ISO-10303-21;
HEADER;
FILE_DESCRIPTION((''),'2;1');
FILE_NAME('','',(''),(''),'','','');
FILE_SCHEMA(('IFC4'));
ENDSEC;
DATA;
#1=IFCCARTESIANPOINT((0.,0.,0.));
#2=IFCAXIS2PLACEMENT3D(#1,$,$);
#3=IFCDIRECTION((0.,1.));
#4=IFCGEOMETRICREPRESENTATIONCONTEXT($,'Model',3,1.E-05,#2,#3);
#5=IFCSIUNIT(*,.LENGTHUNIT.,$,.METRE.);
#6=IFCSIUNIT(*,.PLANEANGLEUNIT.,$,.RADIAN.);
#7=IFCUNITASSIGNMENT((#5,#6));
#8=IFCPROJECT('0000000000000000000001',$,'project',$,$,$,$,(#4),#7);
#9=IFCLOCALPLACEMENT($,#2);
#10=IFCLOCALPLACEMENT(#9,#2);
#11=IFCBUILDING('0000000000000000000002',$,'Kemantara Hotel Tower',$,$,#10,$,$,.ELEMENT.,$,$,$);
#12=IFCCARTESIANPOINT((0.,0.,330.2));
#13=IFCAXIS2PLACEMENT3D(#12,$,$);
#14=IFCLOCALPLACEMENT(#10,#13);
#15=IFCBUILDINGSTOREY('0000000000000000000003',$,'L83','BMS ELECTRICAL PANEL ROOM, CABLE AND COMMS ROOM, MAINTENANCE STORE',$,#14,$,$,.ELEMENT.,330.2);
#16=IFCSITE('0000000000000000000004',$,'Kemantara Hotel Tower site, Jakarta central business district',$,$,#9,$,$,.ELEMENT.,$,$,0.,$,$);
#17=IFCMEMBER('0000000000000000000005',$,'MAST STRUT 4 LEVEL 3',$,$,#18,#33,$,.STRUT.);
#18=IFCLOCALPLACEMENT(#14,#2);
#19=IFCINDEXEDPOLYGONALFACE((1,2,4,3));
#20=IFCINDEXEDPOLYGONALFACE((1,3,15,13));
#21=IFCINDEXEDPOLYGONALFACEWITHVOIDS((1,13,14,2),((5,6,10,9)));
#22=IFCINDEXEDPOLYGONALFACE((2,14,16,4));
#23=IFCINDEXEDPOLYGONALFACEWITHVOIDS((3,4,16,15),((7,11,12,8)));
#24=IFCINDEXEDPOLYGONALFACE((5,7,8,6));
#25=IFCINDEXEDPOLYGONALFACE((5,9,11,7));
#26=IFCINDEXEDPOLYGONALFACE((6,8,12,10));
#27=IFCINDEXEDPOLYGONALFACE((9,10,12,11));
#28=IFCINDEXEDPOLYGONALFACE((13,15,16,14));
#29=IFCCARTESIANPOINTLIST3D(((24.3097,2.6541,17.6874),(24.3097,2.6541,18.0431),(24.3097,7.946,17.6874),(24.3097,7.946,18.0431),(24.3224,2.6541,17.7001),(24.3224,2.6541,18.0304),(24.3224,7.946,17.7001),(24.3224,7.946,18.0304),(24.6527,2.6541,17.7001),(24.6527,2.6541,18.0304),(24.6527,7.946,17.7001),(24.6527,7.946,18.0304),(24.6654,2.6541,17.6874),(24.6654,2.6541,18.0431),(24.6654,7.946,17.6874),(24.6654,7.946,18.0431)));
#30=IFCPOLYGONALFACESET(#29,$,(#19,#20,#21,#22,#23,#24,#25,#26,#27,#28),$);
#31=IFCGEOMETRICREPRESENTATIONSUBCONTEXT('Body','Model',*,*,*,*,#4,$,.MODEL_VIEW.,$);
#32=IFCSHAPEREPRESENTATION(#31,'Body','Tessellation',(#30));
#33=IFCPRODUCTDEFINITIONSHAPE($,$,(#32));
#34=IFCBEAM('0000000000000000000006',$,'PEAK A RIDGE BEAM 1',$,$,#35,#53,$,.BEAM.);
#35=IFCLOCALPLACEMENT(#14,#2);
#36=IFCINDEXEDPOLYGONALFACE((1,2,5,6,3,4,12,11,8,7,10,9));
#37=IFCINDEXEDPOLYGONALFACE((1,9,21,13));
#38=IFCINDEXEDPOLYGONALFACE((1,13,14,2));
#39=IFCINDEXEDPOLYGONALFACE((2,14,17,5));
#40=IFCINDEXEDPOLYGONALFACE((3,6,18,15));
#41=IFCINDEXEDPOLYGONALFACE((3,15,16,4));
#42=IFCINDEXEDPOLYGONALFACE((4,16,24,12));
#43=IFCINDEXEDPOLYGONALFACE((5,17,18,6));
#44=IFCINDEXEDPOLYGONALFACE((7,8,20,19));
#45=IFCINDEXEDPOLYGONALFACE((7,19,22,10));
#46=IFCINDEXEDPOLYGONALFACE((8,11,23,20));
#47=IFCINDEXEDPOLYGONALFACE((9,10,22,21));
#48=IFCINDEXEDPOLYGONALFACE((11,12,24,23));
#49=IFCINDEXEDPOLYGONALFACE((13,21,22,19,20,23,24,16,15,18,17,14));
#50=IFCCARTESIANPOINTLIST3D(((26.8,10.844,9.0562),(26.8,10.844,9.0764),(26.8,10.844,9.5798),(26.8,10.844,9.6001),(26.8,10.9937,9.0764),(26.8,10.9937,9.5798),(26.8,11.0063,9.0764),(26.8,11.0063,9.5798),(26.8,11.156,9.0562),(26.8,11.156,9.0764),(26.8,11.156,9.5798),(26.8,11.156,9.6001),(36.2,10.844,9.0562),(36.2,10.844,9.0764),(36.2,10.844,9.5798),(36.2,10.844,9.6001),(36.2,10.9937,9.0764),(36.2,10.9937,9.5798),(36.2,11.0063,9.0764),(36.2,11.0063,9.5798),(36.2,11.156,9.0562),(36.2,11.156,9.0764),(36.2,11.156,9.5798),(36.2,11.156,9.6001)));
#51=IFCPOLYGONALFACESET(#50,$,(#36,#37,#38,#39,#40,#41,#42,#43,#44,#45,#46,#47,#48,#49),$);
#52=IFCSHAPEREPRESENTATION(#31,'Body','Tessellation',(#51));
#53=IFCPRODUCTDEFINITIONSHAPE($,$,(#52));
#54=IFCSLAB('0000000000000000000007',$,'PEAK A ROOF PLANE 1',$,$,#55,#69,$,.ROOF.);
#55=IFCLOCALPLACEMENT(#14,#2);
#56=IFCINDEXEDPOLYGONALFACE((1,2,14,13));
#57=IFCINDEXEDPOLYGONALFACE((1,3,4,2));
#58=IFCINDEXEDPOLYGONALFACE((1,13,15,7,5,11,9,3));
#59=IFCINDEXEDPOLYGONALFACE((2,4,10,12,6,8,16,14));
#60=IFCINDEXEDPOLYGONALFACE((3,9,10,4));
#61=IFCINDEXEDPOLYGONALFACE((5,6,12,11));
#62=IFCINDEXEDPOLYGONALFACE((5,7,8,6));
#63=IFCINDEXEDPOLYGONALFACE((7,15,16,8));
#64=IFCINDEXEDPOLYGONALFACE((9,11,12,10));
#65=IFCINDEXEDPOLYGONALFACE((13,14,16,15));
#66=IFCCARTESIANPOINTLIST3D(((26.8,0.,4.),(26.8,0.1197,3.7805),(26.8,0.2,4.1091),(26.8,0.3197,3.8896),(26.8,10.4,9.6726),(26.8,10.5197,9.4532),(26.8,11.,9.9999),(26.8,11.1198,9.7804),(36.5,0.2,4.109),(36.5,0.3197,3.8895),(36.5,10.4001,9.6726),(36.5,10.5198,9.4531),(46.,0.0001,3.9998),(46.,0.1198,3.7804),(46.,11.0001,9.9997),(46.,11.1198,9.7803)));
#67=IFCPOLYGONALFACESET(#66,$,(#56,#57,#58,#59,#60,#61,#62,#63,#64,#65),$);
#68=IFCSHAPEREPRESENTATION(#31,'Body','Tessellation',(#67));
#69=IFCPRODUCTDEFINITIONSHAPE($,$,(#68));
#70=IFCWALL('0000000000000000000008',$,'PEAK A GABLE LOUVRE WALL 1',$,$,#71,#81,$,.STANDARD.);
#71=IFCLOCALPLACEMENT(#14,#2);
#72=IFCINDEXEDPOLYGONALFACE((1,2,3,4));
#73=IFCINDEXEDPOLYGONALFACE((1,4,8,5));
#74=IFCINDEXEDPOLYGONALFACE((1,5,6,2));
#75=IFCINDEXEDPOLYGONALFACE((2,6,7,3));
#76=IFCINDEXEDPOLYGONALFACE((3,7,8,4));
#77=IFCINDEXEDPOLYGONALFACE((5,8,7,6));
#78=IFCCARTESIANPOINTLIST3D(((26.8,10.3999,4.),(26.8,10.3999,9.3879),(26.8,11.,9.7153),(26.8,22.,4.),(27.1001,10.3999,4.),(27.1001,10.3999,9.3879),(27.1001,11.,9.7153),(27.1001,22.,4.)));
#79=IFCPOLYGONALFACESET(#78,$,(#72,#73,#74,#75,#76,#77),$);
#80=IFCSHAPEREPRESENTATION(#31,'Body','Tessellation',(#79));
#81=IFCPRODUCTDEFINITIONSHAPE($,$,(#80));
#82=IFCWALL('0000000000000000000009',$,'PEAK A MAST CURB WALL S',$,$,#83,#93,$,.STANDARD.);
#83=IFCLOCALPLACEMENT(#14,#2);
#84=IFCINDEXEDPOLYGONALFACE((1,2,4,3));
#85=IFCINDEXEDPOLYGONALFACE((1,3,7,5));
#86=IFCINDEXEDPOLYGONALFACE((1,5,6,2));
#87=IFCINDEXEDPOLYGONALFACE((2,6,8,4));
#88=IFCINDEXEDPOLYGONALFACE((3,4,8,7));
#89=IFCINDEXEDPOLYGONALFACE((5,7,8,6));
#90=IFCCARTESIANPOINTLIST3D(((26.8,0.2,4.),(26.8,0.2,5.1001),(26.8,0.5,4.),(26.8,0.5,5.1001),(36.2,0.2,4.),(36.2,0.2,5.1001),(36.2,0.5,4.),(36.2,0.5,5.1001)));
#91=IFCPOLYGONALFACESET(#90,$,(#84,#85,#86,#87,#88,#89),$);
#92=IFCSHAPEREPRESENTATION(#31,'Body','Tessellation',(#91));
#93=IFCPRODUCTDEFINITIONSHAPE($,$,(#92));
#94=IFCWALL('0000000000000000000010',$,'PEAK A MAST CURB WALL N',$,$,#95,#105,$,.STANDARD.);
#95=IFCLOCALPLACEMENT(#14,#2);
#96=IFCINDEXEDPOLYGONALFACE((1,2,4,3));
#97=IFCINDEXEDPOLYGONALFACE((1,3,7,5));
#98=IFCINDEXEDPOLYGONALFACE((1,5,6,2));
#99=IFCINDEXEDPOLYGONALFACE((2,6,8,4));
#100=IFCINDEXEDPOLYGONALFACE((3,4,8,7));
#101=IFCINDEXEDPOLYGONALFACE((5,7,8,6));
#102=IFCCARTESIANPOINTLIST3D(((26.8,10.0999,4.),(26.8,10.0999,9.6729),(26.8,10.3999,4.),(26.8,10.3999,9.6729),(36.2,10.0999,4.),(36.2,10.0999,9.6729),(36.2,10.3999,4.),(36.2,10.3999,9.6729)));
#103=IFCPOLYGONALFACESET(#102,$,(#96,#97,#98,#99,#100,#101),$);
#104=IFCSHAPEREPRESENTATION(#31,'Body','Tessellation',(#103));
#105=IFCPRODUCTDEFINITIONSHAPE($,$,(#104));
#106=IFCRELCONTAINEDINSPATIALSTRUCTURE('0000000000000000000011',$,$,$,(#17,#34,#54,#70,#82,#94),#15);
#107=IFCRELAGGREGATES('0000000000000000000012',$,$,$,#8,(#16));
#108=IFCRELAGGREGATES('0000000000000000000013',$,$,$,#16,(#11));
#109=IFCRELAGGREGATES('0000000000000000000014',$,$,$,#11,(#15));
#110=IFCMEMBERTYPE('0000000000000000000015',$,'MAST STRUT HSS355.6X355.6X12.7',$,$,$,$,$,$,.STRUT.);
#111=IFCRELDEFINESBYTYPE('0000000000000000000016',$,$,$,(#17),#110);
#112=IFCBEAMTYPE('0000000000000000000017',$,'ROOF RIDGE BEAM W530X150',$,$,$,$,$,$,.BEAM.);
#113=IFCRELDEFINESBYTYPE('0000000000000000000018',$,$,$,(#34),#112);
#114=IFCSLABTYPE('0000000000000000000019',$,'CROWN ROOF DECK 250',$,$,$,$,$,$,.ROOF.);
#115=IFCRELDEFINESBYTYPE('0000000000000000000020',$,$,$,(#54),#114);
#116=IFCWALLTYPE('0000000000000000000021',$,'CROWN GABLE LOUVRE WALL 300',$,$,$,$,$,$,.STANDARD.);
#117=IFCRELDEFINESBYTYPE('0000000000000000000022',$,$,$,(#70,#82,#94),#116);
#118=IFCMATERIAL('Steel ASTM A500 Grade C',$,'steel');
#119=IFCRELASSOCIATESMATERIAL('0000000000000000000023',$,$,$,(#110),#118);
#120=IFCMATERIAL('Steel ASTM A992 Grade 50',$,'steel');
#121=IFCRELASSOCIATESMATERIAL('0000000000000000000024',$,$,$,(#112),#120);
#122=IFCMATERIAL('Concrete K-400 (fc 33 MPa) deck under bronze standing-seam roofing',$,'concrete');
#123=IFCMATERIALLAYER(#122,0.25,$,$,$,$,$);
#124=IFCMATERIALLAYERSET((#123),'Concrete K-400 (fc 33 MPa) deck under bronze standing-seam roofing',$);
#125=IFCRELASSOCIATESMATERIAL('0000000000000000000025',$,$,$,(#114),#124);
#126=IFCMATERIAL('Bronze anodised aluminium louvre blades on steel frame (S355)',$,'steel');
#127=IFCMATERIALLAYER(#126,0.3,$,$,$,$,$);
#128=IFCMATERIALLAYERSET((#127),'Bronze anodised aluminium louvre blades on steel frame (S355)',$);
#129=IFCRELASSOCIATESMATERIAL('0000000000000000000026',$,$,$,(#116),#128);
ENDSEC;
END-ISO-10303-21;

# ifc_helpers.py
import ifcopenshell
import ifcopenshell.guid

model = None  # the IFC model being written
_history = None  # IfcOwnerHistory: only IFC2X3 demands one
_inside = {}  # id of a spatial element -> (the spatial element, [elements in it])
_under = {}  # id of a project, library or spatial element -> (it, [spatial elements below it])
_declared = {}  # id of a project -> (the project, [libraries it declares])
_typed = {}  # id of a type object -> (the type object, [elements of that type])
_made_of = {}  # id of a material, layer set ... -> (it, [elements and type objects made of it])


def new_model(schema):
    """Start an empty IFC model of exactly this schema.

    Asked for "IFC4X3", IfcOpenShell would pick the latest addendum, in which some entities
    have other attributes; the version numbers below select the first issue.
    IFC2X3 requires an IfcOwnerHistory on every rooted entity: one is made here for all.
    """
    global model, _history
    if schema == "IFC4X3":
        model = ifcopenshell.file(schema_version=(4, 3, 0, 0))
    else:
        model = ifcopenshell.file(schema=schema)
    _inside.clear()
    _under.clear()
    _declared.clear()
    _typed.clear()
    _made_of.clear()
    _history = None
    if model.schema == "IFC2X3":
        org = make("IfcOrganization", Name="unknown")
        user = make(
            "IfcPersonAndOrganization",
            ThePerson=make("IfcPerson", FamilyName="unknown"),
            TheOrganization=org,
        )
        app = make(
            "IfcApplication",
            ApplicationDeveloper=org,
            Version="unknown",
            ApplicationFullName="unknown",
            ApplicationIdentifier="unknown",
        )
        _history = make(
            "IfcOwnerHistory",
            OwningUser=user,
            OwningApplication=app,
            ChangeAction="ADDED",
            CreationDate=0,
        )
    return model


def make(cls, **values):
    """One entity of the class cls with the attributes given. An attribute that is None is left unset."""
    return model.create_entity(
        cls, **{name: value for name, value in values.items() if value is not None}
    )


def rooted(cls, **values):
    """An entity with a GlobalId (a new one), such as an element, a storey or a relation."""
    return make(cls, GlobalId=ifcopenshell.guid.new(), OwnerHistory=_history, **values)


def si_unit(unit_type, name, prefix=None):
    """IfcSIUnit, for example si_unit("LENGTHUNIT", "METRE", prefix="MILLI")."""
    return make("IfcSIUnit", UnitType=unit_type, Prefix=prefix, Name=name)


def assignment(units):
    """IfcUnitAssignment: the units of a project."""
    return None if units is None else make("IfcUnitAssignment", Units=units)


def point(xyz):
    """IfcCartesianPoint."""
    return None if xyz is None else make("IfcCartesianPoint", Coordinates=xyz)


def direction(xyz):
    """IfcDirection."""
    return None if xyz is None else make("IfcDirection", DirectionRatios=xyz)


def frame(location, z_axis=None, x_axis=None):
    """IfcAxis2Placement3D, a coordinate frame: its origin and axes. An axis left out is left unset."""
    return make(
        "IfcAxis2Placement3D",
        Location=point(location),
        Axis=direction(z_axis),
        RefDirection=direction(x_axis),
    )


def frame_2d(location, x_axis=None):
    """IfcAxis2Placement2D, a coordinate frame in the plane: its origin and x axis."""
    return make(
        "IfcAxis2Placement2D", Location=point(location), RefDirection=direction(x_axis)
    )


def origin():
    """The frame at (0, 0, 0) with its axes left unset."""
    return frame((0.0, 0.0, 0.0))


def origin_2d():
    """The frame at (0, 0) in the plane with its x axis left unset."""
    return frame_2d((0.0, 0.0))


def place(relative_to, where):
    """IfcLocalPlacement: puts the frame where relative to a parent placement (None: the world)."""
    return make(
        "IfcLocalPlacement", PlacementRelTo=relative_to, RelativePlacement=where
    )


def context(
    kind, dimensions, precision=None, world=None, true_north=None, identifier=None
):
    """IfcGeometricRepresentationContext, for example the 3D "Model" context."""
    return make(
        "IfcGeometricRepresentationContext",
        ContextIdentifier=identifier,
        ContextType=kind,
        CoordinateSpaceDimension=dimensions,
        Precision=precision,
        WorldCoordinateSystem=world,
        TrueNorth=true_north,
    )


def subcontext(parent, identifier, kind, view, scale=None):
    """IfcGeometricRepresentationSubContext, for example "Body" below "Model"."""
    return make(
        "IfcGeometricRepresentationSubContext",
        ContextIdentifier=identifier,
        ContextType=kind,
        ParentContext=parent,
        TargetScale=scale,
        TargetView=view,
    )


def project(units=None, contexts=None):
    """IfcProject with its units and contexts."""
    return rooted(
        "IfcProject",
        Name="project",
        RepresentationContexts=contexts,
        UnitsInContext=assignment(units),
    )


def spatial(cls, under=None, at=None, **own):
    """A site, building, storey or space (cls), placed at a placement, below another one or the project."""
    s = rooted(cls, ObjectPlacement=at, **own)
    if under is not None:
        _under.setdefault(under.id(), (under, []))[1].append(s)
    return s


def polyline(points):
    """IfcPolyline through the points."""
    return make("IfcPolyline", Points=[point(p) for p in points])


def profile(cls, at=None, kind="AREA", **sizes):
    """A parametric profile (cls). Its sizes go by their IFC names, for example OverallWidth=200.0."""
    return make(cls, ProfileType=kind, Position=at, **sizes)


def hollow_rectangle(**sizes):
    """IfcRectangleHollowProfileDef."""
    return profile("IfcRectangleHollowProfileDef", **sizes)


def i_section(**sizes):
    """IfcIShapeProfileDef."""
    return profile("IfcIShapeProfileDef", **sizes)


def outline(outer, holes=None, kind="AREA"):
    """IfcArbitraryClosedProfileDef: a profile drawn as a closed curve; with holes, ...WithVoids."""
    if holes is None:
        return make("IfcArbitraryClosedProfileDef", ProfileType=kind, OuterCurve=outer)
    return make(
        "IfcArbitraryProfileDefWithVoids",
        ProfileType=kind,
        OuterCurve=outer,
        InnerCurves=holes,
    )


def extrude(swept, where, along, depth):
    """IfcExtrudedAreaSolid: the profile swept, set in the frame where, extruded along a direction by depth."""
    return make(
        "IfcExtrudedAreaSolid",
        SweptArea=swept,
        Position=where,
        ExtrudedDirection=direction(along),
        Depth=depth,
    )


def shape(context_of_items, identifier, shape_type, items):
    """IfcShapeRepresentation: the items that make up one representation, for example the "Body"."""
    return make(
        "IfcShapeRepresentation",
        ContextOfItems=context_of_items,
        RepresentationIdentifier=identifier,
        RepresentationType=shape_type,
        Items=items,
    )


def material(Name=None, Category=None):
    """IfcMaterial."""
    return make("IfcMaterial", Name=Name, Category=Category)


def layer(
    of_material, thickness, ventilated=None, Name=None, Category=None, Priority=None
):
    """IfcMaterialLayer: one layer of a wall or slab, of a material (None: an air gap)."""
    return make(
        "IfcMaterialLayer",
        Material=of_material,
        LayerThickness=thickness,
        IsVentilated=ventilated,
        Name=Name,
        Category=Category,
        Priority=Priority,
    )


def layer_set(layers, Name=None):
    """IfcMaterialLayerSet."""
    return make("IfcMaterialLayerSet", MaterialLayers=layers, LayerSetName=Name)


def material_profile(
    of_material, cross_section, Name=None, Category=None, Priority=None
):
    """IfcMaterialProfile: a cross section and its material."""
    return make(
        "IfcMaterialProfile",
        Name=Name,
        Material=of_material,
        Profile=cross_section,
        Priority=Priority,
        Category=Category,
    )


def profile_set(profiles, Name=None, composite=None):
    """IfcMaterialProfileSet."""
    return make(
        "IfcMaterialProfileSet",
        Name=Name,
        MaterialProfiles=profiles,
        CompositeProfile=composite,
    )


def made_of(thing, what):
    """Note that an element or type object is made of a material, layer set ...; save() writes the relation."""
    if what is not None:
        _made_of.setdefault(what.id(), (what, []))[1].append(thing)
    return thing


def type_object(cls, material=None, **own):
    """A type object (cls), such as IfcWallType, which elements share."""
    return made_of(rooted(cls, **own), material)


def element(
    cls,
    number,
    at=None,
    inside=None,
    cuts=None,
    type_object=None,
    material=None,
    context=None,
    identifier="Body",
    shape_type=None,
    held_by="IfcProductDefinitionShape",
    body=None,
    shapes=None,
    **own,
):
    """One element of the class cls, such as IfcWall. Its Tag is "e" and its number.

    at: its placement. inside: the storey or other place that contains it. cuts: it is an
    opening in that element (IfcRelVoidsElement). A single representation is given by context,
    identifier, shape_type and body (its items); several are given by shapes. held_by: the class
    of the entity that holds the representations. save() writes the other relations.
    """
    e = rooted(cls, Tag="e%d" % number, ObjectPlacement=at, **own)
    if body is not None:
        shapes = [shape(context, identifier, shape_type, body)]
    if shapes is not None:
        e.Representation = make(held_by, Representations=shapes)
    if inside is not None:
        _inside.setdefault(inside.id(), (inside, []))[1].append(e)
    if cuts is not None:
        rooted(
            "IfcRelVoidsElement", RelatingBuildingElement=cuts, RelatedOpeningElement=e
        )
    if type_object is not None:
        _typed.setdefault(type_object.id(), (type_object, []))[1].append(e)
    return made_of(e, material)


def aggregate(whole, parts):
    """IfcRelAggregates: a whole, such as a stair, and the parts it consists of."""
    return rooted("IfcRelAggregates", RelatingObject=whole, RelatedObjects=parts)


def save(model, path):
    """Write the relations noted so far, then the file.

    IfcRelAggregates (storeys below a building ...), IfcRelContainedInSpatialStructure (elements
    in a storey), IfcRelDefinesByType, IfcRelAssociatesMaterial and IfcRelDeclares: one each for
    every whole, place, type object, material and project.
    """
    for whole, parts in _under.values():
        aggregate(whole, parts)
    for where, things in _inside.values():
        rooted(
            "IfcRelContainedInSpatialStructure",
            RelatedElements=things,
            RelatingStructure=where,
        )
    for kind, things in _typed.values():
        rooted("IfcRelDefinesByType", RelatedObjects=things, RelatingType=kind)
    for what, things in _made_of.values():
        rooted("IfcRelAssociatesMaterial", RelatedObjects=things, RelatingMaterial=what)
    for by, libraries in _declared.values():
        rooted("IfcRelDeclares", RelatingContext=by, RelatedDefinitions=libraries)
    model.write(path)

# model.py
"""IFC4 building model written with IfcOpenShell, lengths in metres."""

from ifc_helpers import new_model, si_unit, direction, frame, origin, origin_2d, place, context, subcontext, project, spatial, polyline, hollow_rectangle, i_section, outline, extrude, material, layer, layer_set, material_profile, profile_set, type_object, element, save


model = new_model("IFC4")

# Units and contexts
model_context = context("Model", 3, precision=1e-05, world=origin(), true_north=direction((0.0, 1.0)))
body_context = subcontext(model_context, "Body", "Model", "MODEL_VIEW")
ifc_project = project(units=[si_unit("LENGTHUNIT", "METRE"), si_unit("PLANEANGLEUNIT", "RADIAN")], contexts=[model_context])

# Site, building, storey
site_placement = place(None, origin())
site = spatial("IfcSite", under=ifc_project, at=site_placement, Name="Kemantara Hotel Tower site, Jakarta central business district", CompositionType="ELEMENT", RefElevation=0.0)
building_placement = place(site_placement, origin())
building = spatial("IfcBuilding", under=site, at=building_placement, Name="Kemantara Hotel Tower", CompositionType="ELEMENT")
storey_placement = place(building_placement, frame((0.0, 0.0, 330.2)))
storey = spatial("IfcBuildingStorey", under=building, at=storey_placement, Name="L83", Description="BMS ELECTRICAL PANEL ROOM, CABLE AND COMMS ROOM, MAINTENANCE STORE", CompositionType="ELEMENT", Elevation=330.2)

# Member
ifc_material_1 = material(Name="Steel ASTM A500 Grade C", Category="steel")
ifc_material_profile_1 = material_profile(ifc_material_1, hollow_rectangle(XDim=0.3557, YDim=0.3557, WallThickness=0.0127, at=origin_2d()), Name="HSS355.6X355.6X12.7")
ifc_profile_set_1 = profile_set([ifc_material_profile_1], Name="Steel ASTM A500 Grade C")
member_type_1 = type_object("IfcMemberType", Name="MAST STRUT HSS355.6X355.6X12.7", PredefinedType="STRUT", material=ifc_profile_set_1)
member_1_placement = place(storey_placement, frame((24.4875, 7.946, 17.8652), z_axis=(0.0, -1.0, 0.0), x_axis=(1.0, 0.0, 0.0)))
element("IfcMember", 1, at=member_1_placement, inside=storey, type_object=member_type_1, Name="MAST STRUT 4 LEVEL 3", PredefinedType="STRUT", context=body_context, shape_type="SweptSolid", body=[
    extrude(hollow_rectangle(XDim=0.3557, YDim=0.3557, WallThickness=0.0127, at=origin_2d()), origin(), (0.0, 0.0, 1.0), 5.292),
])

# Beam
ifc_material_2 = material(Name="Steel ASTM A992 Grade 50", Category="steel")
ifc_material_profile_2 = material_profile(ifc_material_2, i_section(OverallWidth=0.312, OverallDepth=0.5439, WebThickness=0.0127, FlangeThickness=0.0203, at=origin_2d()), Name="W530X150")
ifc_profile_set_2 = profile_set([ifc_material_profile_2], Name="Steel ASTM A992 Grade 50")
beam_type = type_object("IfcBeamType", Name="ROOF RIDGE BEAM W530X150", PredefinedType="BEAM", material=ifc_profile_set_2)
beam_placement = place(storey_placement, frame((26.8, 11.0, 9.3281), z_axis=(1.0, 0.0, 0.0), x_axis=(0.0, 1.0, 0.0)))
element("IfcBeam", 2, at=beam_placement, inside=storey, type_object=beam_type, Name="PEAK A RIDGE BEAM 1", PredefinedType="BEAM", context=body_context, shape_type="SweptSolid", body=[
    extrude(i_section(OverallWidth=0.312, OverallDepth=0.5439, WebThickness=0.0127, FlangeThickness=0.0203, at=origin_2d()), origin(), (0.0, 0.0, 1.0), 9.3999),
])

# Slab
ifc_material_3 = material(Name="Concrete K-400 (fc 33 MPa) deck under bronze standing-seam roofing", Category="concrete")
ifc_layer_1 = layer(ifc_material_3, 0.25)
ifc_layer_set_1 = layer_set([ifc_layer_1], Name="Concrete K-400 (fc 33 MPa) deck under bronze standing-seam roofing")
slab_type = type_object("IfcSlabType", Name="CROWN ROOF DECK 250", PredefinedType="ROOF", material=ifc_layer_set_1)
slab_placement = place(storey_placement, frame((26.8, 0.0, 4.0), z_axis=(0.00001, -0.478846, 0.877899), x_axis=(1.0, 0.000005, -0.000009)))
element("IfcSlab", 3, at=slab_placement, inside=storey, type_object=slab_type, Name="PEAK A ROOF PLANE 1", PredefinedType="ROOF", context=body_context, shape_type="SweptSolid", body=[
    extrude(outline(polyline([(0.0, 0.0), (19.2, 0.0), (19.2, 12.53), (0.0, 12.53), (0.0, 11.8465), (9.7, 11.8465), (9.7, 0.2278), (0.0, 0.2278), (0.0, 0.0)])), origin(), (0.0, 0.0, -1.0), 0.25),
])

# Walls
ifc_material_4 = material(Name="Bronze anodised aluminium louvre blades on steel frame (S355)", Category="steel")
ifc_layer_2 = layer(ifc_material_4, 0.3)
ifc_layer_set_2 = layer_set([ifc_layer_2], Name="Bronze anodised aluminium louvre blades on steel frame (S355)")
wall_type = type_object("IfcWallType", Name="CROWN GABLE LOUVRE WALL 300", PredefinedType="STANDARD", material=ifc_layer_set_2)
wall_1_placement = place(storey_placement, frame((26.95, 10.3999, 4.0), z_axis=(0.0, 0.0, 1.0), x_axis=(0.0, 1.0, 0.0)))
element("IfcWall", 4, at=wall_1_placement, inside=storey, type_object=wall_type, Name="PEAK A GABLE LOUVRE WALL 1", PredefinedType="STANDARD", context=body_context, shape_type="SweptSolid", body=[
    extrude(outline(polyline([(0.0, 0.0), (11.6001, 0.0), (11.6001, 0.0), (0.6001, 5.7153), (0.0, 5.3879), (0.0, 0.0)])), frame((0.0, 0.1499, 0.0), z_axis=(0.0, -1.0, 0.0), x_axis=(1.0, 0.0, 0.0)), (0.0, 0.0, 1.0), 0.3),
])
wall_2_placement = place(storey_placement, frame((26.8, 0.3501, 4.0), z_axis=(0.0, 0.0, 1.0), x_axis=(1.0, 0.0, 0.0)))
element("IfcWall", 5, at=wall_2_placement, inside=storey, type_object=wall_type, Name="PEAK A MAST CURB WALL S", PredefinedType="STANDARD", context=body_context, shape_type="SweptSolid", body=[
    extrude(outline(polyline([(0.0, 0.0), (9.3999, 0.0), (9.3999, 1.1001), (0.0, 1.1001), (0.0, 0.0)])), frame((0.0, 0.1499, 0.0), z_axis=(0.0, -1.0, 0.0), x_axis=(1.0, 0.0, 0.0)), (0.0, 0.0, 1.0), 0.3),
])
wall_3_placement = place(storey_placement, frame((26.8, 10.25, 4.0), z_axis=(0.0, 0.0, 1.0), x_axis=(1.0, 0.0, 0.0)))
element("IfcWall", 6, at=wall_3_placement, inside=storey, type_object=wall_type, Name="PEAK A MAST CURB WALL N", PredefinedType="STANDARD", context=body_context, shape_type="SweptSolid", body=[
    extrude(outline(polyline([(0.0, 0.0), (9.3999, 0.0), (9.3999, 5.6729), (0.0, 5.6729), (0.0, 0.0)])), frame((0.0, 0.1499, 0.0), z_axis=(0.0, -1.0, 0.0), x_axis=(1.0, 0.0, 0.0)), (0.0, 0.0, 1.0), 0.3),
])

save(model, "model.ifc")
